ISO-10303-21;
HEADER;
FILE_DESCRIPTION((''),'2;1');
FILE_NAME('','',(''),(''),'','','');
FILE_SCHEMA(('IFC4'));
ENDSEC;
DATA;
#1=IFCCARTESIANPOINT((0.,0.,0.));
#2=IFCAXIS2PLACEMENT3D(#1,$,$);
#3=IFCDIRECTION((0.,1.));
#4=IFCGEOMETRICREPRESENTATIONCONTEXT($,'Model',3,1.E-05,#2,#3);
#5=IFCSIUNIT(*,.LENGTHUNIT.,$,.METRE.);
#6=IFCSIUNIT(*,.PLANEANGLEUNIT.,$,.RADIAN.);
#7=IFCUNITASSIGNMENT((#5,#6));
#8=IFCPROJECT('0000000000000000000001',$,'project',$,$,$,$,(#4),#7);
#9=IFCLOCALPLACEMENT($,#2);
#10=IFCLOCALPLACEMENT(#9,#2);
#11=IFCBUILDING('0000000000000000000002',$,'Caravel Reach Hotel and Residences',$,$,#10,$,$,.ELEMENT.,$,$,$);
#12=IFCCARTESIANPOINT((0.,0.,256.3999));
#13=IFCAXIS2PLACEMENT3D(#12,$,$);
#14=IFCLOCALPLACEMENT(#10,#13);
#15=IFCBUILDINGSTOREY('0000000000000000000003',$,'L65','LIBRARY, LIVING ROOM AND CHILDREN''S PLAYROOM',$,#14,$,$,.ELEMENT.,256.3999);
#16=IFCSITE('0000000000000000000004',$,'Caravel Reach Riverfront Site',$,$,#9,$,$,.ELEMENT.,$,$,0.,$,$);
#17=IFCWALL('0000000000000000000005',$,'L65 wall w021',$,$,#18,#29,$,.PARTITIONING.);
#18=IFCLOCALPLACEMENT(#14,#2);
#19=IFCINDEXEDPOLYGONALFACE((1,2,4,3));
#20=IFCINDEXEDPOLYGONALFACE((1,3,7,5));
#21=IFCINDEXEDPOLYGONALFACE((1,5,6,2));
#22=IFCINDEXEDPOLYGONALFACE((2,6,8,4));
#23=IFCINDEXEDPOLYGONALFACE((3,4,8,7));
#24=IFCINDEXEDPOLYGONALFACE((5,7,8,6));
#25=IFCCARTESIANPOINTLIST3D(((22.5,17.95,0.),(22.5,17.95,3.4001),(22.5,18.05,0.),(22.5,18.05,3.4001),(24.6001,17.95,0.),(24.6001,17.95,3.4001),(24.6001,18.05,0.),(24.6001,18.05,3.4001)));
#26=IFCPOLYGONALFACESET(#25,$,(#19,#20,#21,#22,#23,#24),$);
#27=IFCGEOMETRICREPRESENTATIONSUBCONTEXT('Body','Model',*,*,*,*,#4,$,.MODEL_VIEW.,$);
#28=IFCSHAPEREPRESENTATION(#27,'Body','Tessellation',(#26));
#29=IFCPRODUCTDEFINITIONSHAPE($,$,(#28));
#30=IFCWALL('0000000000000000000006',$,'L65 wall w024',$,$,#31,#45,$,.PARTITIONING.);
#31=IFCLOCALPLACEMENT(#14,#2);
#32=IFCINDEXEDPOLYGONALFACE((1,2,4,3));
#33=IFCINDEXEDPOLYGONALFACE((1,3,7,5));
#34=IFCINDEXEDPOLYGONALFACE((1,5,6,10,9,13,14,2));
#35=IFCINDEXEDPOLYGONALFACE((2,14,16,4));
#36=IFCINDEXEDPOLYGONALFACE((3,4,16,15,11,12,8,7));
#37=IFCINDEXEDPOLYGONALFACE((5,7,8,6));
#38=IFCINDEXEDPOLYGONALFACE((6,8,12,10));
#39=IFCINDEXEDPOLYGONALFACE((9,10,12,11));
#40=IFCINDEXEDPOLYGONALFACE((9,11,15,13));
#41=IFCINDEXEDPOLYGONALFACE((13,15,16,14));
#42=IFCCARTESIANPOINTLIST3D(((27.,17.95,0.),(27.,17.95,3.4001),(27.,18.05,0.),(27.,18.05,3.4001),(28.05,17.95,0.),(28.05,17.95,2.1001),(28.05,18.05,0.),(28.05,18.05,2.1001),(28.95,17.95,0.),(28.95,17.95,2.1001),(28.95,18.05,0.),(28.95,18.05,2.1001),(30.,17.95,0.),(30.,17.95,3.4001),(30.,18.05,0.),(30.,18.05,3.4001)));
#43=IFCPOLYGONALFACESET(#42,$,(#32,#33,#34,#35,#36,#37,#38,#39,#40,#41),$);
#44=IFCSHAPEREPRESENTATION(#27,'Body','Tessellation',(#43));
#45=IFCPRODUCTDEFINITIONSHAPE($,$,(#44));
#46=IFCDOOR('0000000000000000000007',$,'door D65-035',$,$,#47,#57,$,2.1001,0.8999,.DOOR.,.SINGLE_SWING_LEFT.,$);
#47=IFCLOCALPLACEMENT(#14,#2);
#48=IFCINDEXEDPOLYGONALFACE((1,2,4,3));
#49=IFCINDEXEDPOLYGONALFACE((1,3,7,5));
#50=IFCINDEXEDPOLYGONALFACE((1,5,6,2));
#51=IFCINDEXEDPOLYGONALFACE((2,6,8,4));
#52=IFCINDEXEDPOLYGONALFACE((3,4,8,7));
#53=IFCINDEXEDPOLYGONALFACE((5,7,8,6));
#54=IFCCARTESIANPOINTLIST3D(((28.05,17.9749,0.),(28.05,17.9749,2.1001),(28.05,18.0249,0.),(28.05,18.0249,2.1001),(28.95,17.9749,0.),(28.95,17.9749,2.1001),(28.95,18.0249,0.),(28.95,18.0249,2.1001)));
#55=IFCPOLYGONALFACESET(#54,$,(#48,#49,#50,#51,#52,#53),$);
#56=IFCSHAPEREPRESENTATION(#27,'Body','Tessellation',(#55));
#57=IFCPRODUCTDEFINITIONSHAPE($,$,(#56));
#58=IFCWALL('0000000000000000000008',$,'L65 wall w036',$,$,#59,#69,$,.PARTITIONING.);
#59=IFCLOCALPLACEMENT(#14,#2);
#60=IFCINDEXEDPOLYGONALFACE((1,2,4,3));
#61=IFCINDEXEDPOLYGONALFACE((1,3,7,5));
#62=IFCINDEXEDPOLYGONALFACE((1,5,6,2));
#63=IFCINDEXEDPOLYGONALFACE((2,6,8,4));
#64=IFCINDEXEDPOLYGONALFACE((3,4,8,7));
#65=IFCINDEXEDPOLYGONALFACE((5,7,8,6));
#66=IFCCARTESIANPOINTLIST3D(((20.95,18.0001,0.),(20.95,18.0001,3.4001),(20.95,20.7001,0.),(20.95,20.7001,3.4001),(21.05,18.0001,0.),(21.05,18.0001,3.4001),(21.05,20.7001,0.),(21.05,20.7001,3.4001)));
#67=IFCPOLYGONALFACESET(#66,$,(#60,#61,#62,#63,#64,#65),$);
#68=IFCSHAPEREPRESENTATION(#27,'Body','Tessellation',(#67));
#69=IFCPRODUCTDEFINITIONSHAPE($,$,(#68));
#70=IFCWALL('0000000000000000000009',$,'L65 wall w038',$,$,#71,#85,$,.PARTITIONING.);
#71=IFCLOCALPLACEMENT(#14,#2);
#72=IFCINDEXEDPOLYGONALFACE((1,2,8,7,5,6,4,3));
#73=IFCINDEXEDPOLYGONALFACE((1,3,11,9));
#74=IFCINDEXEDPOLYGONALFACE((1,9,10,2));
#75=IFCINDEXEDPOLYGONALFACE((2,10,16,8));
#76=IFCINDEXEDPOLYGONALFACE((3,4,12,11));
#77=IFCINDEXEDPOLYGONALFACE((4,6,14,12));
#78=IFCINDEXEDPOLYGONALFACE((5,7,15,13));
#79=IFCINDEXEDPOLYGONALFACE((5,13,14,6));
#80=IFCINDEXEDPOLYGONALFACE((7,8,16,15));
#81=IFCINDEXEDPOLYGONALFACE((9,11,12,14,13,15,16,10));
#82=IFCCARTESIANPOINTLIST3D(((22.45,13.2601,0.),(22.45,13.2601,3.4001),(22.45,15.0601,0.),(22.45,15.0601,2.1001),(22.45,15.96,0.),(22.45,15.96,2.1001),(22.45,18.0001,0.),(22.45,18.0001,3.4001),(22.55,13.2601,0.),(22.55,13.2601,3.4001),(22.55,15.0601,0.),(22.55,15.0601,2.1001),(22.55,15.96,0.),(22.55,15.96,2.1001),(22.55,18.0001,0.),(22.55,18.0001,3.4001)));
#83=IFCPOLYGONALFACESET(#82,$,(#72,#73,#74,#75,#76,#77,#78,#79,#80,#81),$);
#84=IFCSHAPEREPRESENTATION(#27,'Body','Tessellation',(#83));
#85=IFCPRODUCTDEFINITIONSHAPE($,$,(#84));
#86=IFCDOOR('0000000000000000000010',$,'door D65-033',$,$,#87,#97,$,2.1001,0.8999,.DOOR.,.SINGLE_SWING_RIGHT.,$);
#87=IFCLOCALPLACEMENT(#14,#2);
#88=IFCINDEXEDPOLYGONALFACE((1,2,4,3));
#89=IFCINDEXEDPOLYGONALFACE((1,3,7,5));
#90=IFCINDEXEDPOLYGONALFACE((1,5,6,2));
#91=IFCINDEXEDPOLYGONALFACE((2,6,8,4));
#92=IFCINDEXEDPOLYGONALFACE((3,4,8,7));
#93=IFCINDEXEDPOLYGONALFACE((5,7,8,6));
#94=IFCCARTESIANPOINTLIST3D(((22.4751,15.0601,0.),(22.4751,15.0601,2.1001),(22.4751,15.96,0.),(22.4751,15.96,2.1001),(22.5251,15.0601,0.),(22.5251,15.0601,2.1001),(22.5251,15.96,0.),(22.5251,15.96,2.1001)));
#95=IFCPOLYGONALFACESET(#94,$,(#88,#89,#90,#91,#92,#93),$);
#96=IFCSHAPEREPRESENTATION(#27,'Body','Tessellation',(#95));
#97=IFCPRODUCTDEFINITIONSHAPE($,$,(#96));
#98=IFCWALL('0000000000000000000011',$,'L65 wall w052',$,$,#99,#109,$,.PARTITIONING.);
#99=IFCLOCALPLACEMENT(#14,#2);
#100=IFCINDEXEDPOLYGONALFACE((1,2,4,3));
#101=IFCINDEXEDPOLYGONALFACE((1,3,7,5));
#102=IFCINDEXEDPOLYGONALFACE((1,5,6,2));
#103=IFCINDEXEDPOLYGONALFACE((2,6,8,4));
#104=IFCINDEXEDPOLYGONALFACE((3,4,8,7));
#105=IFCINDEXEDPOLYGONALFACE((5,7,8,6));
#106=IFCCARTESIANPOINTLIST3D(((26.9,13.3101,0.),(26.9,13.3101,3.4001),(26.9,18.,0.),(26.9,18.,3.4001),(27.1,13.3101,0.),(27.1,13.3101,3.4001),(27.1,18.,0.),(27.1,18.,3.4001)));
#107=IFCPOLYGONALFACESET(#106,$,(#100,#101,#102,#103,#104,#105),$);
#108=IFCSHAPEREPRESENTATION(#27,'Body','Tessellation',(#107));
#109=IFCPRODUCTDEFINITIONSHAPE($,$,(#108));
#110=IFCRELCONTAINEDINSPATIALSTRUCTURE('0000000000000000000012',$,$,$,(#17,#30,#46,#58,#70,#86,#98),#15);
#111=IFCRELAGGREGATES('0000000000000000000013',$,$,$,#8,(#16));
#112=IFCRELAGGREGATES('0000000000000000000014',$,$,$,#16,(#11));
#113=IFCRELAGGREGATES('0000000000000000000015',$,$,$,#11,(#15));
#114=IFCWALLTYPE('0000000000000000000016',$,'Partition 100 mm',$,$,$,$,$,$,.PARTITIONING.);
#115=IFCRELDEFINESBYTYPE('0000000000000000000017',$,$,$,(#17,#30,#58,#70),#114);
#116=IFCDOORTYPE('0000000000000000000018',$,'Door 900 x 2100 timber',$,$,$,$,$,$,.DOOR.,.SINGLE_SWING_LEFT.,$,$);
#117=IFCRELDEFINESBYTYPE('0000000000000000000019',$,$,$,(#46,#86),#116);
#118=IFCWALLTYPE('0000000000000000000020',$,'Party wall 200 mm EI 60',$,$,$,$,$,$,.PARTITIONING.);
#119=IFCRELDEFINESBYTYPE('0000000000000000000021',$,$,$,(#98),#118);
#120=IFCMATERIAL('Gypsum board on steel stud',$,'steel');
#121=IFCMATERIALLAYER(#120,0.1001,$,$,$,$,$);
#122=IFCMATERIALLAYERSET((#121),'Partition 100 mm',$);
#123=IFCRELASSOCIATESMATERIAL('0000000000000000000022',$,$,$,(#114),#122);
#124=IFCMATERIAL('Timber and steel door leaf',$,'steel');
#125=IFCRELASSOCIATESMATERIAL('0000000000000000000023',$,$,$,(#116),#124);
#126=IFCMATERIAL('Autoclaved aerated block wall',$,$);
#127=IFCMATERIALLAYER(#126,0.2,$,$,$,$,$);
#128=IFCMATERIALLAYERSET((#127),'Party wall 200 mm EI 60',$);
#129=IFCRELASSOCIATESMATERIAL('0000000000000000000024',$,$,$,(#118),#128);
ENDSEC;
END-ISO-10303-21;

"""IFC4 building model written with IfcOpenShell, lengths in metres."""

from ifc_helpers import new_model, si_unit, direction, frame, frame_2d, origin, place, context, subcontext, project, spatial, rectangle, extrude, material, layer, layer_set, type_object, element, fill, save


model = new_model("IFC4")

# Units and contexts
model_context = context("Model", 3, precision=1e-05, world=origin(), true_north=direction((0.0, 1.0)))
body_context = subcontext(model_context, "Body", "Model", "MODEL_VIEW")
ifc_project = project(units=[si_unit("LENGTHUNIT", "METRE"), si_unit("PLANEANGLEUNIT", "RADIAN")], contexts=[model_context])

# Site, building, storey
site_placement = place(None, origin())
site = spatial("IfcSite", under=ifc_project, at=site_placement, Name="Caravel Reach Riverfront Site", CompositionType="ELEMENT", RefElevation=0.0)
building_placement = place(site_placement, origin())
building = spatial("IfcBuilding", under=site, at=building_placement, Name="Caravel Reach Hotel and Residences", CompositionType="ELEMENT")
storey_placement = place(building_placement, frame((0.0, 0.0, 256.3999)))
storey = spatial("IfcBuildingStorey", under=building, at=storey_placement, Name="L65", Description="LIBRARY, LIVING ROOM AND CHILDREN'S PLAYROOM", CompositionType="ELEMENT", Elevation=256.3999)

# Wall
ifc_material_1 = material(Name="Gypsum board on steel stud", Category="steel")
ifc_layer_1 = layer(ifc_material_1, 0.1001)
ifc_layer_set_1 = layer_set([ifc_layer_1], Name="Partition 100 mm")
wall_type_1 = type_object("IfcWallType", Name="Partition 100 mm", PredefinedType="PARTITIONING", material=ifc_layer_set_1)
wall_1_placement = place(storey_placement, frame((22.5, 18.0, 0.0), z_axis=(0.0, 0.0, 1.0), x_axis=(1.0, 0.0, 0.0)))
element("IfcWall", 1, at=wall_1_placement, inside=storey, type_object=wall_type_1, Name="L65 wall w021", PredefinedType="PARTITIONING", context=body_context, shape_type="SweptSolid", body=[
    extrude(rectangle(XDim=2.1001, YDim=0.1001, at=frame_2d((1.05, 0.0))), origin(), (0.0, 0.0, 1.0), 3.4001),
])

# Wall, opening, door
wall_2_placement = place(storey_placement, frame((27.0, 18.0, 0.0), z_axis=(0.0, 0.0, 1.0), x_axis=(1.0, 0.0, 0.0)))
wall_2 = element("IfcWall", 2, at=wall_2_placement, inside=storey, type_object=wall_type_1, Name="L65 wall w024", PredefinedType="PARTITIONING", context=body_context, shape_type="SweptSolid", body=[
    extrude(rectangle(XDim=3.0, YDim=0.1001, at=frame_2d((1.5, 0.0))), origin(), (0.0, 0.0, 1.0), 3.4001),
])
opening_1_placement = place(wall_2_placement, frame((1.05, 0.0, 0.0)))
opening_1 = element("IfcOpeningElement", 3, at=opening_1_placement, cuts=wall_2, PredefinedType="OPENING", context=body_context, shape_type="SweptSolid", body=[
    extrude(rectangle(XDim=0.8999, YDim=2.1001, at=frame_2d((0.45, 1.05))), frame((0.0, 0.0601, 0.0), z_axis=(0.0, -1.0, 0.0), x_axis=(1.0, 0.0, 0.0)), (0.0, 0.0, 1.0), 0.1201),
])
ifc_material_2 = material(Name="Timber and steel door leaf", Category="steel")
door_type_1 = type_object("IfcDoorType", Name="Door 900 x 2100 timber", OperationType="SINGLE_SWING_LEFT", PredefinedType="DOOR", material=ifc_material_2)
door_1_placement = place(opening_1_placement, origin())
door_1 = element("IfcDoor", 4, at=door_1_placement, inside=storey, type_object=door_type_1, Name="door D65-035", OperationType="SINGLE_SWING_LEFT", OverallHeight=2.1001, OverallWidth=0.8999, PredefinedType="DOOR", context=body_context, shape_type="SweptSolid", body=[
    extrude(rectangle(XDim=0.8999, YDim=2.1001, at=frame_2d((0.45, 1.05))), frame((0.0, 0.0249, 0.0), z_axis=(0.0, -1.0, 0.0), x_axis=(1.0, 0.0, 0.0)), (0.0, 0.0, 1.0), 0.05),
])
fill(opening_1, door_1)

# Wall
wall_3_placement = place(storey_placement, frame((21.0, 18.0, 0.0), z_axis=(0.0, 0.0, 1.0), x_axis=(0.0, 1.0, 0.0)))
element("IfcWall", 5, at=wall_3_placement, inside=storey, type_object=wall_type_1, Name="L65 wall w036", PredefinedType="PARTITIONING", context=body_context, shape_type="SweptSolid", body=[
    extrude(rectangle(XDim=2.7, YDim=0.1001, at=frame_2d((1.3501, 0.0))), origin(), (0.0, 0.0, 1.0), 3.4001),
])

# Wall, opening, door
wall_4_placement = place(storey_placement, frame((22.5, 13.26, 0.0), z_axis=(0.0, 0.0, 1.0), x_axis=(0.0, 1.0, 0.0)))
wall_4 = element("IfcWall", 6, at=wall_4_placement, inside=storey, type_object=wall_type_1, Name="L65 wall w038", PredefinedType="PARTITIONING", context=body_context, shape_type="SweptSolid", body=[
    extrude(rectangle(XDim=4.74, YDim=0.1001, at=frame_2d((2.3701, 0.0))), origin(), (0.0, 0.0, 1.0), 3.4001),
])
opening_2_placement = place(wall_4_placement, frame((1.8, 0.0, 0.0)))
opening_2 = element("IfcOpeningElement", 7, at=opening_2_placement, cuts=wall_4, PredefinedType="OPENING", context=body_context, shape_type="SweptSolid", body=[
    extrude(rectangle(XDim=0.8999, YDim=2.1001, at=frame_2d((0.45, 1.05))), frame((0.0, 0.0601, 0.0), z_axis=(0.0, -1.0, 0.0), x_axis=(1.0, 0.0, 0.0)), (0.0, 0.0, 1.0), 0.1201),
])
door_2_placement = place(opening_2_placement, origin())
door_2 = element("IfcDoor", 8, at=door_2_placement, inside=storey, type_object=door_type_1, Name="door D65-033", OperationType="SINGLE_SWING_RIGHT", OverallHeight=2.1001, OverallWidth=0.8999, PredefinedType="DOOR", context=body_context, shape_type="SweptSolid", body=[
    extrude(rectangle(XDim=0.8999, YDim=2.1001, at=frame_2d((0.45, 1.05))), frame((0.0, 0.0249, 0.0), z_axis=(0.0, -1.0, 0.0), x_axis=(1.0, 0.0, 0.0)), (0.0, 0.0, 1.0), 0.05),
])
fill(opening_2, door_2)

# Wall
ifc_material_3 = material(Name="Autoclaved aerated block wall")
ifc_layer_2 = layer(ifc_material_3, 0.2)
ifc_layer_set_2 = layer_set([ifc_layer_2], Name="Party wall 200 mm EI 60")
wall_type_2 = type_object("IfcWallType", Name="Party wall 200 mm EI 60", PredefinedType="PARTITIONING", material=ifc_layer_set_2)
wall_5_placement = place(storey_placement, frame((27.0, 13.3101, 0.0), z_axis=(0.0, 0.0, 1.0), x_axis=(0.0, 1.0, 0.0)))
element("IfcWall", 9, at=wall_5_placement, inside=storey, type_object=wall_type_2, Name="L65 wall w052", PredefinedType="PARTITIONING", context=body_context, shape_type="SweptSolid", body=[
    extrude(rectangle(XDim=4.6899, YDim=0.2, at=frame_2d((2.345, 0.0))), origin(), (0.0, 0.0, 1.0), 3.4001),
])

save(model, "model.ifc")
